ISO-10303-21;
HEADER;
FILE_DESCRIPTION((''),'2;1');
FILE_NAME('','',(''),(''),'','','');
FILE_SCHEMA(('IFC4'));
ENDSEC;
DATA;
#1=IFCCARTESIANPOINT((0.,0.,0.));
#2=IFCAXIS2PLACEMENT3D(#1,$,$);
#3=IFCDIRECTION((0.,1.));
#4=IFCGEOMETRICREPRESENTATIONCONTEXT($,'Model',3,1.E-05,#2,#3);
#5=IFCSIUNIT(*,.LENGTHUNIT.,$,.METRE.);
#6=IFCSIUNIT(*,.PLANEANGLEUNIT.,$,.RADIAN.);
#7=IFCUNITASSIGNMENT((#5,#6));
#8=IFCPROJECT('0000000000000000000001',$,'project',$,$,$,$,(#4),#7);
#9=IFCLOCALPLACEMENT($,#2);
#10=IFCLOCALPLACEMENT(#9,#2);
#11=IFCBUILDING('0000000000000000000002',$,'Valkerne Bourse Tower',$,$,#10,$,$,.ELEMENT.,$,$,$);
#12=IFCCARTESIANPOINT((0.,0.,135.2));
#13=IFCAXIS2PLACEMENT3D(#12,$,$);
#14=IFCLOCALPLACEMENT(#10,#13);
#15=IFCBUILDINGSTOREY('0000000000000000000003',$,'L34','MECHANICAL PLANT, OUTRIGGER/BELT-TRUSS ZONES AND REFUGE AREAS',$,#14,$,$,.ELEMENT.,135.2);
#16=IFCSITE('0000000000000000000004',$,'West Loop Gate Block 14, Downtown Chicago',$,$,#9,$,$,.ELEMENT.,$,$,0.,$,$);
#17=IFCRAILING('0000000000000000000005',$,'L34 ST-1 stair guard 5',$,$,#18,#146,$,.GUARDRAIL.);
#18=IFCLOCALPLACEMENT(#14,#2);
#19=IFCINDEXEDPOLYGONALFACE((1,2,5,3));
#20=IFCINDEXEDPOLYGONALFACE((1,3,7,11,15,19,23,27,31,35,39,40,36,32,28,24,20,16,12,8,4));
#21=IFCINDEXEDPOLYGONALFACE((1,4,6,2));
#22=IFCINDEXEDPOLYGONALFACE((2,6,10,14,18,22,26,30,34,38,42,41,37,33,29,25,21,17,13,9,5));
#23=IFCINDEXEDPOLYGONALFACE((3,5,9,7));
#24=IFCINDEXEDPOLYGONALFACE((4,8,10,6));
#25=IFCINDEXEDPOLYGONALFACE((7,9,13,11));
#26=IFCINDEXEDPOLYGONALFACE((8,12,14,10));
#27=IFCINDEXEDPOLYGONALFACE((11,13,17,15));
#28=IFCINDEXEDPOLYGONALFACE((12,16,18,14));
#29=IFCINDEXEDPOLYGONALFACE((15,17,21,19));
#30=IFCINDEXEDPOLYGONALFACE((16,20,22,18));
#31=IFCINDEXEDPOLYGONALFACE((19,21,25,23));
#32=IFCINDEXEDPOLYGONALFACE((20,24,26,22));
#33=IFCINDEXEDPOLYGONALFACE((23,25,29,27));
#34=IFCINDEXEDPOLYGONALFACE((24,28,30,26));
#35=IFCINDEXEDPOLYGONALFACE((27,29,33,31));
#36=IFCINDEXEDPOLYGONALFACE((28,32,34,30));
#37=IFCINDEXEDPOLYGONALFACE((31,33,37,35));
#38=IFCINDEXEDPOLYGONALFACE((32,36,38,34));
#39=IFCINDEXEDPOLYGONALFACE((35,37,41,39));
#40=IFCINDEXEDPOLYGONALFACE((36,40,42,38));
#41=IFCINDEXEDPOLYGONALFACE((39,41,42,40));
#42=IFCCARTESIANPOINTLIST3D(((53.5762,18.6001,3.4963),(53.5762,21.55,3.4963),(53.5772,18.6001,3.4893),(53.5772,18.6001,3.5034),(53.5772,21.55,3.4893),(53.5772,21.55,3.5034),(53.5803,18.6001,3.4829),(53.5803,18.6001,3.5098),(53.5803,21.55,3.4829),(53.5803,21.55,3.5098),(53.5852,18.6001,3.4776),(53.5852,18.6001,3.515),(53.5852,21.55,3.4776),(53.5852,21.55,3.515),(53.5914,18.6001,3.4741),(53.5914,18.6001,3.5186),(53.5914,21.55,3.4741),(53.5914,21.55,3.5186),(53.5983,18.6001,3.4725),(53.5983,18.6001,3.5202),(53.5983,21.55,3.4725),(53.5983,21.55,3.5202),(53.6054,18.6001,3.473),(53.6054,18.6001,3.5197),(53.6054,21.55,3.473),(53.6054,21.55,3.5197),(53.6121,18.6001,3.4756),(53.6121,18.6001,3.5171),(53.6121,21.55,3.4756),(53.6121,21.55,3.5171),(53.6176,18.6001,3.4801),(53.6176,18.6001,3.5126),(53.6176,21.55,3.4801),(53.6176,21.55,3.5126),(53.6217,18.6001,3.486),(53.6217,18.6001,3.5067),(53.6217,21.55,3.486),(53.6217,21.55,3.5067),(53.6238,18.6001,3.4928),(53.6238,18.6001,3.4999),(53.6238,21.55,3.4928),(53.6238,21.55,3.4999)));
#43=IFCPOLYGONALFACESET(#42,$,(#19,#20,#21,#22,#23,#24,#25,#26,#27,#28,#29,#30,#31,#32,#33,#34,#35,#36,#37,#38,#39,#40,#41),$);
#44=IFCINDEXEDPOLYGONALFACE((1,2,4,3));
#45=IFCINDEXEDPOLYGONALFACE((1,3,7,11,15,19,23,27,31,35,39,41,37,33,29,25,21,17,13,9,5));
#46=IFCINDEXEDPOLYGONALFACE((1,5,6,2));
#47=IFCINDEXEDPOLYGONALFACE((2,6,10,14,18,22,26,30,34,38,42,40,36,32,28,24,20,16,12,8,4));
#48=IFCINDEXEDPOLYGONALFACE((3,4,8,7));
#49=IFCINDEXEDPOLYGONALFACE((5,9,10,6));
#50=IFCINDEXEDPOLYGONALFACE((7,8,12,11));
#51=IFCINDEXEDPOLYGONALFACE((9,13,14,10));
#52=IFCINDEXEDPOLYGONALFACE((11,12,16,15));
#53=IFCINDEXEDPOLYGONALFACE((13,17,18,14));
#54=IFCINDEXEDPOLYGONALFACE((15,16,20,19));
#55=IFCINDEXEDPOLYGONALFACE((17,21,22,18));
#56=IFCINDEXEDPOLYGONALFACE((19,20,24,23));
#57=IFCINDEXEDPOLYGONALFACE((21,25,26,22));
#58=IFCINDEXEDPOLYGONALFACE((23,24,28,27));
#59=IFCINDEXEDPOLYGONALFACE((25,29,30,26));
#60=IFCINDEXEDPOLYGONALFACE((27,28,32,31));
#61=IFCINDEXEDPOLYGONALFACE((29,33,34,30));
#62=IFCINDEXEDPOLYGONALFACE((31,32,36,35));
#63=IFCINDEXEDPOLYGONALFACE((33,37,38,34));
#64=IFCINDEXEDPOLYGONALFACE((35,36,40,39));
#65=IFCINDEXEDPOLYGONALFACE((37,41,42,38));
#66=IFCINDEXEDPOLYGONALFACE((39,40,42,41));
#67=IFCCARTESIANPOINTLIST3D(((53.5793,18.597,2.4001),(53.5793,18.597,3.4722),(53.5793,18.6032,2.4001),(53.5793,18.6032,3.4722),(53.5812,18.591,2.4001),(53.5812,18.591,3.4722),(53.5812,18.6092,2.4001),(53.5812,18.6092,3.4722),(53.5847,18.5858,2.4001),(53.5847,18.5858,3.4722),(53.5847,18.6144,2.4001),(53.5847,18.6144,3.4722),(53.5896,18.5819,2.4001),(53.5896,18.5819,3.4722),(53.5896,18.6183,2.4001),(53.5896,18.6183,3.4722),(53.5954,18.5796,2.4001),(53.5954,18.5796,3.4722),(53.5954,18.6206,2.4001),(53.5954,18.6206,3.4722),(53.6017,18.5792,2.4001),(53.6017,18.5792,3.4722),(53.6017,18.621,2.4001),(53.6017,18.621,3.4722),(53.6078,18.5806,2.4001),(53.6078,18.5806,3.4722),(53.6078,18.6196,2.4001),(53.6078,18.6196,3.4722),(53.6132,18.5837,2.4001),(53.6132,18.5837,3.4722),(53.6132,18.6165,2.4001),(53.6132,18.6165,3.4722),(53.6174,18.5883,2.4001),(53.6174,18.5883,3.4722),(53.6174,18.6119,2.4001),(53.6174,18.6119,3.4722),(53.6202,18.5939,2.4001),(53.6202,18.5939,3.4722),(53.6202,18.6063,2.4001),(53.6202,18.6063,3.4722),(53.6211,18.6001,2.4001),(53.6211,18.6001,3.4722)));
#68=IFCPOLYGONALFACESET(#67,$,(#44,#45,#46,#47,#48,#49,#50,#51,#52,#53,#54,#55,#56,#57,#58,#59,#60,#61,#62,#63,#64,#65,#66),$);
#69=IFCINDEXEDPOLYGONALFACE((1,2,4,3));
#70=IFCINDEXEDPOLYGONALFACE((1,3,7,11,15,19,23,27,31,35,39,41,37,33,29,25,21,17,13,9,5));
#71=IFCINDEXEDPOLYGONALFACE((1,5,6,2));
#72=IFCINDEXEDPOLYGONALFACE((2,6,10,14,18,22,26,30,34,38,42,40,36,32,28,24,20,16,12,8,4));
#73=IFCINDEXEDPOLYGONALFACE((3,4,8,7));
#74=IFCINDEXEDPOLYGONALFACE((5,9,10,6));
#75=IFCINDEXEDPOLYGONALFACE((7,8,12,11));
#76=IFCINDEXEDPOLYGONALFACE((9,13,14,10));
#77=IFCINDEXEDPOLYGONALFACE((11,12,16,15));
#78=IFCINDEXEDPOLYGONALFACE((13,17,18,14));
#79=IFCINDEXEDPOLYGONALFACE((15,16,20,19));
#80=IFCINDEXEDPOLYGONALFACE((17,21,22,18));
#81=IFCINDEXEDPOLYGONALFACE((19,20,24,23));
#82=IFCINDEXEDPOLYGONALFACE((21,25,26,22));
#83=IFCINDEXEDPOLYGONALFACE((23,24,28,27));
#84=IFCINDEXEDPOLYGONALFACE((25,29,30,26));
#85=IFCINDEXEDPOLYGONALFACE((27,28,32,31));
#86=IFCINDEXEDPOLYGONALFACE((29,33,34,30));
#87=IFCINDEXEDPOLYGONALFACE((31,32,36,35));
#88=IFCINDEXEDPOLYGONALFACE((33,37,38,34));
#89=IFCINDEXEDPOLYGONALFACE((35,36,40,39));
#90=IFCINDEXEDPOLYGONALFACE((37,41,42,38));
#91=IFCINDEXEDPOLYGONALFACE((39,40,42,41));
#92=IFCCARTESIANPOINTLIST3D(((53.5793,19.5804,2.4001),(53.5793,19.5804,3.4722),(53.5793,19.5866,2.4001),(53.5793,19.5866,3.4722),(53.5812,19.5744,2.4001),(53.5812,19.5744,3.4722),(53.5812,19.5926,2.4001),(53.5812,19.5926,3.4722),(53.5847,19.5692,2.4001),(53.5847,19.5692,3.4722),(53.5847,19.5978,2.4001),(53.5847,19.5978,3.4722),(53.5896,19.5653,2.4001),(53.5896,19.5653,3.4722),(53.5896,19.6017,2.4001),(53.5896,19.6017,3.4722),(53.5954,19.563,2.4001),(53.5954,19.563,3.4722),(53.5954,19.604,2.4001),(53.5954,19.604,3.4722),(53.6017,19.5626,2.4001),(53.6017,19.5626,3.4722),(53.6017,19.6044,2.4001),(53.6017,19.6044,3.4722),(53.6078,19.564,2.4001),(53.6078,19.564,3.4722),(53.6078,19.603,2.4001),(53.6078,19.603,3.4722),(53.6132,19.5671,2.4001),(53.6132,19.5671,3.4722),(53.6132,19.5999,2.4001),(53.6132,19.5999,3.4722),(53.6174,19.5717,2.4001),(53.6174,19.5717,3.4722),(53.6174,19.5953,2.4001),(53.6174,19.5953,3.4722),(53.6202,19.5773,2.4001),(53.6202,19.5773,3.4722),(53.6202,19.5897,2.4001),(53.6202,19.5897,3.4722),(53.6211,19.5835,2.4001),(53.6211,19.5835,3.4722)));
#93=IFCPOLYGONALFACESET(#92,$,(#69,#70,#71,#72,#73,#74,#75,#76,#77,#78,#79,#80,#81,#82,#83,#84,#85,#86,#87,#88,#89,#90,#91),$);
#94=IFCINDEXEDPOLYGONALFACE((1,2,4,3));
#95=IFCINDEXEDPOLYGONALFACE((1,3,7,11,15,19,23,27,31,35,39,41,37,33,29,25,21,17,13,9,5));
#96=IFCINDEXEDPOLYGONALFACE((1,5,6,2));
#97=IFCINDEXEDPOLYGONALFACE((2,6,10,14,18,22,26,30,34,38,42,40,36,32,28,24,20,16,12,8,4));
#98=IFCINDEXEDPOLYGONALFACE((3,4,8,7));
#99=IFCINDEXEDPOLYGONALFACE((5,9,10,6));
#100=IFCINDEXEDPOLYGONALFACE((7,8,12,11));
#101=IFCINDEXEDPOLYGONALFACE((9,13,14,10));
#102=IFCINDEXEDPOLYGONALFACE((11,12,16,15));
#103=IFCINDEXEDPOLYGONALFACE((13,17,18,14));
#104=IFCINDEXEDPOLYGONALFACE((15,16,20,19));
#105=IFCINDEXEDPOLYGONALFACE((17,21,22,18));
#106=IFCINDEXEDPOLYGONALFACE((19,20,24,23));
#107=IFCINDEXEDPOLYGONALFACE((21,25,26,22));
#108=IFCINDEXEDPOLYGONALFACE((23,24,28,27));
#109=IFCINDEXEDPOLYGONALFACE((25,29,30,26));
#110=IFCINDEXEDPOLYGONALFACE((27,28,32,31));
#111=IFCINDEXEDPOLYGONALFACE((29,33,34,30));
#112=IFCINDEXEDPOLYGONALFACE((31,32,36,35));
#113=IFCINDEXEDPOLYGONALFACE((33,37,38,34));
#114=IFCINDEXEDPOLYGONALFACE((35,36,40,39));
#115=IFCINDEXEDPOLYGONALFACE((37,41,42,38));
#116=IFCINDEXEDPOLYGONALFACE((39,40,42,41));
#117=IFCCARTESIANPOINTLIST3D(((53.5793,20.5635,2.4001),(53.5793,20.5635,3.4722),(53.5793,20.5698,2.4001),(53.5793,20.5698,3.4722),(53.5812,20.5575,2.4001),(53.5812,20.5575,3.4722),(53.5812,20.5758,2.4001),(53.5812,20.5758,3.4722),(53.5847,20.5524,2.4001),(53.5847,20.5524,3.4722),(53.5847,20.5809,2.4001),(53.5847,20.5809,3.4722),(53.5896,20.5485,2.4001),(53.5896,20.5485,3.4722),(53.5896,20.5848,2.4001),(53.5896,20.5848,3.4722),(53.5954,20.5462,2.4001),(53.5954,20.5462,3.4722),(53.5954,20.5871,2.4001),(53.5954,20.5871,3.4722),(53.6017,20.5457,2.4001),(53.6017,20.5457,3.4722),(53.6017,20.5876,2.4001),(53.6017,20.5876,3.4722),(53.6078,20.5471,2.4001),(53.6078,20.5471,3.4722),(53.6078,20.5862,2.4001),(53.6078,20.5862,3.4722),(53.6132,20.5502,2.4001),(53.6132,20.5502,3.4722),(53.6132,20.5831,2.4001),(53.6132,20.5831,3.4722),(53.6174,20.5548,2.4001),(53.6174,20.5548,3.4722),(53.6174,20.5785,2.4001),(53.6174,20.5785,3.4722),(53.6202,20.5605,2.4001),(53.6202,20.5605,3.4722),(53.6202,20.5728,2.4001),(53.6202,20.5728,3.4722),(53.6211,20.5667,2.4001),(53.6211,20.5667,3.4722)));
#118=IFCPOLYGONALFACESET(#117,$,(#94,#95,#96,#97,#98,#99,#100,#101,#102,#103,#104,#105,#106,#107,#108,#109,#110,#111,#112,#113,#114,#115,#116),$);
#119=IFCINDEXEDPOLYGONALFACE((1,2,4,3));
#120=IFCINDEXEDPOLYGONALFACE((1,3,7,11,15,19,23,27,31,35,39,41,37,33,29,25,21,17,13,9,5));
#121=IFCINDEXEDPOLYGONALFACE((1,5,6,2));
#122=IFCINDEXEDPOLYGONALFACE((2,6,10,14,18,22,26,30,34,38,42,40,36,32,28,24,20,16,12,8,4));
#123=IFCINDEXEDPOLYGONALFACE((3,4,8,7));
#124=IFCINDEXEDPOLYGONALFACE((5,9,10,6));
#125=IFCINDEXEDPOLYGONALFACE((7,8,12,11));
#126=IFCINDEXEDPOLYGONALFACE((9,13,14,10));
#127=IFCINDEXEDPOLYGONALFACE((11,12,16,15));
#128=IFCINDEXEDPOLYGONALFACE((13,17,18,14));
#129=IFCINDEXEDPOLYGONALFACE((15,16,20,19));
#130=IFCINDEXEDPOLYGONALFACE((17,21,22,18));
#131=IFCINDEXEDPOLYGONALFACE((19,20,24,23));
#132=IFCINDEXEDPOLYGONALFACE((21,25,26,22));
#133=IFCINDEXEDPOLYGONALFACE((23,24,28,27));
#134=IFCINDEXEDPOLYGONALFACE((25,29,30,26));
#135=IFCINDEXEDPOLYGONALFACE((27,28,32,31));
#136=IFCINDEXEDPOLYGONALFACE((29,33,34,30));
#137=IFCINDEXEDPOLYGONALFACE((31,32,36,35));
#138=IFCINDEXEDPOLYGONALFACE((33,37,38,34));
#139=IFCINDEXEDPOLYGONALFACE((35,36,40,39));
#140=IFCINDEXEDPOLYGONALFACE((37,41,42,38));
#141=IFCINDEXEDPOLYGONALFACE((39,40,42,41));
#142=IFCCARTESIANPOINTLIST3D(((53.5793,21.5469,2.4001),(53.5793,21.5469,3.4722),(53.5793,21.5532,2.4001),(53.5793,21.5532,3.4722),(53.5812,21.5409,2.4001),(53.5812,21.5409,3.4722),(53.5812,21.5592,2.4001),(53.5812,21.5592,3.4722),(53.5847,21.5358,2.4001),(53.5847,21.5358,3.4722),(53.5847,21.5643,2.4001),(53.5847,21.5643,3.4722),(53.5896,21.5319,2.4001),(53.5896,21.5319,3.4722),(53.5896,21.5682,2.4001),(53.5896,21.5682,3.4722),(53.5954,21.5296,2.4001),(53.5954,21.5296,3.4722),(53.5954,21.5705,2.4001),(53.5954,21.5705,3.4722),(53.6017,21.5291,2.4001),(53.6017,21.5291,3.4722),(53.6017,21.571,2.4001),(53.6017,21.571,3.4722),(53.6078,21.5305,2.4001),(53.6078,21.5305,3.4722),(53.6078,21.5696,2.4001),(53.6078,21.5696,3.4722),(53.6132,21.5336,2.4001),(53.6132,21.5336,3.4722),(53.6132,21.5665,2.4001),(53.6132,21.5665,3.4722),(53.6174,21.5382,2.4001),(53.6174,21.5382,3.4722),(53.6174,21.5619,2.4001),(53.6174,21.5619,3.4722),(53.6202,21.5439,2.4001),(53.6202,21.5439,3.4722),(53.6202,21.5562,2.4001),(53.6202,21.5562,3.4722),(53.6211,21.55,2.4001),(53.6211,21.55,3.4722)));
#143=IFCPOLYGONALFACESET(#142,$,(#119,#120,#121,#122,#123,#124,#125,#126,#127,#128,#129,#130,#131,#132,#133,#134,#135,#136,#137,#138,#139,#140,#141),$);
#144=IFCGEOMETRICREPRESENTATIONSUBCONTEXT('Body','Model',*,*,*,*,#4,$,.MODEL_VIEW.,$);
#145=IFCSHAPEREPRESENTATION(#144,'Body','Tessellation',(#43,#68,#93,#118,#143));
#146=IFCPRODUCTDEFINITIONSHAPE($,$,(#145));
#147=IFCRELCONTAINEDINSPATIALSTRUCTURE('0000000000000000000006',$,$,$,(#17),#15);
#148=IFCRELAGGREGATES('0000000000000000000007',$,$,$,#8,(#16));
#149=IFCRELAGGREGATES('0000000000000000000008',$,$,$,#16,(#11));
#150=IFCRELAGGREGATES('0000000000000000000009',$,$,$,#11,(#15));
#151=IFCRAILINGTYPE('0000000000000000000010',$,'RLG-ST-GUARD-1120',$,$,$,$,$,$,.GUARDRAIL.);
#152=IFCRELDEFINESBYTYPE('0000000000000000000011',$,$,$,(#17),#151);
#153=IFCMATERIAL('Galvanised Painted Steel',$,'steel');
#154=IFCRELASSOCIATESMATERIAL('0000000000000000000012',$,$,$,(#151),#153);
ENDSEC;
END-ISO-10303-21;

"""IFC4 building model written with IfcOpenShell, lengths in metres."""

from ifc_helpers import new_model, si_unit, direction, frame, origin, origin_2d, place, context, subcontext, project, spatial, circle, extrude, material, type_object, element, save


model = new_model("IFC4")

# Units and contexts
model_context = context("Model", 3, precision=1e-05, world=origin(), true_north=direction((0.0, 1.0)))
body_context = subcontext(model_context, "Body", "Model", "MODEL_VIEW")
ifc_project = project(units=[si_unit("LENGTHUNIT", "METRE"), si_unit("PLANEANGLEUNIT", "RADIAN")], contexts=[model_context])

# Site, building, storey
site_placement = place(None, origin())
site = spatial("IfcSite", under=ifc_project, at=site_placement, Name="West Loop Gate Block 14, Downtown Chicago", CompositionType="ELEMENT", RefElevation=0.0)
building_placement = place(site_placement, origin())
building = spatial("IfcBuilding", under=site, at=building_placement, Name="Valkerne Bourse Tower", CompositionType="ELEMENT")
storey_placement = place(building_placement, frame((0.0, 0.0, 135.2)))
storey = spatial("IfcBuildingStorey", under=building, at=storey_placement, Name="L34", Description="MECHANICAL PLANT, OUTRIGGER/BELT-TRUSS ZONES AND REFUGE AREAS", CompositionType="ELEMENT", Elevation=135.2)

# Shared definitions
ifc_material_1 = material(Name="Galvanised Painted Steel", Category="steel")

# Railing
railing_type_1 = type_object("IfcRailingType", Name="RLG-ST-GUARD-1120", PredefinedType="GUARDRAIL", material=ifc_material_1)
railing_1_placement = place(storey_placement, frame((53.6001, 18.6001, 2.4001)))
element("IfcRailing", 1, at=railing_1_placement, inside=storey, type_object=railing_type_1, Name="L34 ST-1 stair guard 5", PredefinedType="GUARDRAIL", context=body_context, shape_type="SweptSolid", body=[
    extrude(circle(Radius=0.0239, at=origin_2d()), frame((0.0, 0.0, 1.0962), z_axis=(0.0, 1.0, 0.0), x_axis=(-1.0, 0.0, 0.0)), (0.0, 0.0, 1.0), 2.95),
    extrude(circle(Radius=0.021, at=origin_2d()), origin(), (0.0, 0.0, 1.0), 1.072),
    extrude(circle(Radius=0.021, at=origin_2d()), frame((0.0, 0.9834, 0.0)), (0.0, 0.0, 1.0), 1.072),
    extrude(circle(Radius=0.021, at=origin_2d()), frame((0.0, 1.9666, 0.0)), (0.0, 0.0, 1.0), 1.072),
    extrude(circle(Radius=0.021, at=origin_2d()), frame((0.0, 2.95, 0.0)), (0.0, 0.0, 1.0), 1.072),
])

save(model, "model.ifc")
